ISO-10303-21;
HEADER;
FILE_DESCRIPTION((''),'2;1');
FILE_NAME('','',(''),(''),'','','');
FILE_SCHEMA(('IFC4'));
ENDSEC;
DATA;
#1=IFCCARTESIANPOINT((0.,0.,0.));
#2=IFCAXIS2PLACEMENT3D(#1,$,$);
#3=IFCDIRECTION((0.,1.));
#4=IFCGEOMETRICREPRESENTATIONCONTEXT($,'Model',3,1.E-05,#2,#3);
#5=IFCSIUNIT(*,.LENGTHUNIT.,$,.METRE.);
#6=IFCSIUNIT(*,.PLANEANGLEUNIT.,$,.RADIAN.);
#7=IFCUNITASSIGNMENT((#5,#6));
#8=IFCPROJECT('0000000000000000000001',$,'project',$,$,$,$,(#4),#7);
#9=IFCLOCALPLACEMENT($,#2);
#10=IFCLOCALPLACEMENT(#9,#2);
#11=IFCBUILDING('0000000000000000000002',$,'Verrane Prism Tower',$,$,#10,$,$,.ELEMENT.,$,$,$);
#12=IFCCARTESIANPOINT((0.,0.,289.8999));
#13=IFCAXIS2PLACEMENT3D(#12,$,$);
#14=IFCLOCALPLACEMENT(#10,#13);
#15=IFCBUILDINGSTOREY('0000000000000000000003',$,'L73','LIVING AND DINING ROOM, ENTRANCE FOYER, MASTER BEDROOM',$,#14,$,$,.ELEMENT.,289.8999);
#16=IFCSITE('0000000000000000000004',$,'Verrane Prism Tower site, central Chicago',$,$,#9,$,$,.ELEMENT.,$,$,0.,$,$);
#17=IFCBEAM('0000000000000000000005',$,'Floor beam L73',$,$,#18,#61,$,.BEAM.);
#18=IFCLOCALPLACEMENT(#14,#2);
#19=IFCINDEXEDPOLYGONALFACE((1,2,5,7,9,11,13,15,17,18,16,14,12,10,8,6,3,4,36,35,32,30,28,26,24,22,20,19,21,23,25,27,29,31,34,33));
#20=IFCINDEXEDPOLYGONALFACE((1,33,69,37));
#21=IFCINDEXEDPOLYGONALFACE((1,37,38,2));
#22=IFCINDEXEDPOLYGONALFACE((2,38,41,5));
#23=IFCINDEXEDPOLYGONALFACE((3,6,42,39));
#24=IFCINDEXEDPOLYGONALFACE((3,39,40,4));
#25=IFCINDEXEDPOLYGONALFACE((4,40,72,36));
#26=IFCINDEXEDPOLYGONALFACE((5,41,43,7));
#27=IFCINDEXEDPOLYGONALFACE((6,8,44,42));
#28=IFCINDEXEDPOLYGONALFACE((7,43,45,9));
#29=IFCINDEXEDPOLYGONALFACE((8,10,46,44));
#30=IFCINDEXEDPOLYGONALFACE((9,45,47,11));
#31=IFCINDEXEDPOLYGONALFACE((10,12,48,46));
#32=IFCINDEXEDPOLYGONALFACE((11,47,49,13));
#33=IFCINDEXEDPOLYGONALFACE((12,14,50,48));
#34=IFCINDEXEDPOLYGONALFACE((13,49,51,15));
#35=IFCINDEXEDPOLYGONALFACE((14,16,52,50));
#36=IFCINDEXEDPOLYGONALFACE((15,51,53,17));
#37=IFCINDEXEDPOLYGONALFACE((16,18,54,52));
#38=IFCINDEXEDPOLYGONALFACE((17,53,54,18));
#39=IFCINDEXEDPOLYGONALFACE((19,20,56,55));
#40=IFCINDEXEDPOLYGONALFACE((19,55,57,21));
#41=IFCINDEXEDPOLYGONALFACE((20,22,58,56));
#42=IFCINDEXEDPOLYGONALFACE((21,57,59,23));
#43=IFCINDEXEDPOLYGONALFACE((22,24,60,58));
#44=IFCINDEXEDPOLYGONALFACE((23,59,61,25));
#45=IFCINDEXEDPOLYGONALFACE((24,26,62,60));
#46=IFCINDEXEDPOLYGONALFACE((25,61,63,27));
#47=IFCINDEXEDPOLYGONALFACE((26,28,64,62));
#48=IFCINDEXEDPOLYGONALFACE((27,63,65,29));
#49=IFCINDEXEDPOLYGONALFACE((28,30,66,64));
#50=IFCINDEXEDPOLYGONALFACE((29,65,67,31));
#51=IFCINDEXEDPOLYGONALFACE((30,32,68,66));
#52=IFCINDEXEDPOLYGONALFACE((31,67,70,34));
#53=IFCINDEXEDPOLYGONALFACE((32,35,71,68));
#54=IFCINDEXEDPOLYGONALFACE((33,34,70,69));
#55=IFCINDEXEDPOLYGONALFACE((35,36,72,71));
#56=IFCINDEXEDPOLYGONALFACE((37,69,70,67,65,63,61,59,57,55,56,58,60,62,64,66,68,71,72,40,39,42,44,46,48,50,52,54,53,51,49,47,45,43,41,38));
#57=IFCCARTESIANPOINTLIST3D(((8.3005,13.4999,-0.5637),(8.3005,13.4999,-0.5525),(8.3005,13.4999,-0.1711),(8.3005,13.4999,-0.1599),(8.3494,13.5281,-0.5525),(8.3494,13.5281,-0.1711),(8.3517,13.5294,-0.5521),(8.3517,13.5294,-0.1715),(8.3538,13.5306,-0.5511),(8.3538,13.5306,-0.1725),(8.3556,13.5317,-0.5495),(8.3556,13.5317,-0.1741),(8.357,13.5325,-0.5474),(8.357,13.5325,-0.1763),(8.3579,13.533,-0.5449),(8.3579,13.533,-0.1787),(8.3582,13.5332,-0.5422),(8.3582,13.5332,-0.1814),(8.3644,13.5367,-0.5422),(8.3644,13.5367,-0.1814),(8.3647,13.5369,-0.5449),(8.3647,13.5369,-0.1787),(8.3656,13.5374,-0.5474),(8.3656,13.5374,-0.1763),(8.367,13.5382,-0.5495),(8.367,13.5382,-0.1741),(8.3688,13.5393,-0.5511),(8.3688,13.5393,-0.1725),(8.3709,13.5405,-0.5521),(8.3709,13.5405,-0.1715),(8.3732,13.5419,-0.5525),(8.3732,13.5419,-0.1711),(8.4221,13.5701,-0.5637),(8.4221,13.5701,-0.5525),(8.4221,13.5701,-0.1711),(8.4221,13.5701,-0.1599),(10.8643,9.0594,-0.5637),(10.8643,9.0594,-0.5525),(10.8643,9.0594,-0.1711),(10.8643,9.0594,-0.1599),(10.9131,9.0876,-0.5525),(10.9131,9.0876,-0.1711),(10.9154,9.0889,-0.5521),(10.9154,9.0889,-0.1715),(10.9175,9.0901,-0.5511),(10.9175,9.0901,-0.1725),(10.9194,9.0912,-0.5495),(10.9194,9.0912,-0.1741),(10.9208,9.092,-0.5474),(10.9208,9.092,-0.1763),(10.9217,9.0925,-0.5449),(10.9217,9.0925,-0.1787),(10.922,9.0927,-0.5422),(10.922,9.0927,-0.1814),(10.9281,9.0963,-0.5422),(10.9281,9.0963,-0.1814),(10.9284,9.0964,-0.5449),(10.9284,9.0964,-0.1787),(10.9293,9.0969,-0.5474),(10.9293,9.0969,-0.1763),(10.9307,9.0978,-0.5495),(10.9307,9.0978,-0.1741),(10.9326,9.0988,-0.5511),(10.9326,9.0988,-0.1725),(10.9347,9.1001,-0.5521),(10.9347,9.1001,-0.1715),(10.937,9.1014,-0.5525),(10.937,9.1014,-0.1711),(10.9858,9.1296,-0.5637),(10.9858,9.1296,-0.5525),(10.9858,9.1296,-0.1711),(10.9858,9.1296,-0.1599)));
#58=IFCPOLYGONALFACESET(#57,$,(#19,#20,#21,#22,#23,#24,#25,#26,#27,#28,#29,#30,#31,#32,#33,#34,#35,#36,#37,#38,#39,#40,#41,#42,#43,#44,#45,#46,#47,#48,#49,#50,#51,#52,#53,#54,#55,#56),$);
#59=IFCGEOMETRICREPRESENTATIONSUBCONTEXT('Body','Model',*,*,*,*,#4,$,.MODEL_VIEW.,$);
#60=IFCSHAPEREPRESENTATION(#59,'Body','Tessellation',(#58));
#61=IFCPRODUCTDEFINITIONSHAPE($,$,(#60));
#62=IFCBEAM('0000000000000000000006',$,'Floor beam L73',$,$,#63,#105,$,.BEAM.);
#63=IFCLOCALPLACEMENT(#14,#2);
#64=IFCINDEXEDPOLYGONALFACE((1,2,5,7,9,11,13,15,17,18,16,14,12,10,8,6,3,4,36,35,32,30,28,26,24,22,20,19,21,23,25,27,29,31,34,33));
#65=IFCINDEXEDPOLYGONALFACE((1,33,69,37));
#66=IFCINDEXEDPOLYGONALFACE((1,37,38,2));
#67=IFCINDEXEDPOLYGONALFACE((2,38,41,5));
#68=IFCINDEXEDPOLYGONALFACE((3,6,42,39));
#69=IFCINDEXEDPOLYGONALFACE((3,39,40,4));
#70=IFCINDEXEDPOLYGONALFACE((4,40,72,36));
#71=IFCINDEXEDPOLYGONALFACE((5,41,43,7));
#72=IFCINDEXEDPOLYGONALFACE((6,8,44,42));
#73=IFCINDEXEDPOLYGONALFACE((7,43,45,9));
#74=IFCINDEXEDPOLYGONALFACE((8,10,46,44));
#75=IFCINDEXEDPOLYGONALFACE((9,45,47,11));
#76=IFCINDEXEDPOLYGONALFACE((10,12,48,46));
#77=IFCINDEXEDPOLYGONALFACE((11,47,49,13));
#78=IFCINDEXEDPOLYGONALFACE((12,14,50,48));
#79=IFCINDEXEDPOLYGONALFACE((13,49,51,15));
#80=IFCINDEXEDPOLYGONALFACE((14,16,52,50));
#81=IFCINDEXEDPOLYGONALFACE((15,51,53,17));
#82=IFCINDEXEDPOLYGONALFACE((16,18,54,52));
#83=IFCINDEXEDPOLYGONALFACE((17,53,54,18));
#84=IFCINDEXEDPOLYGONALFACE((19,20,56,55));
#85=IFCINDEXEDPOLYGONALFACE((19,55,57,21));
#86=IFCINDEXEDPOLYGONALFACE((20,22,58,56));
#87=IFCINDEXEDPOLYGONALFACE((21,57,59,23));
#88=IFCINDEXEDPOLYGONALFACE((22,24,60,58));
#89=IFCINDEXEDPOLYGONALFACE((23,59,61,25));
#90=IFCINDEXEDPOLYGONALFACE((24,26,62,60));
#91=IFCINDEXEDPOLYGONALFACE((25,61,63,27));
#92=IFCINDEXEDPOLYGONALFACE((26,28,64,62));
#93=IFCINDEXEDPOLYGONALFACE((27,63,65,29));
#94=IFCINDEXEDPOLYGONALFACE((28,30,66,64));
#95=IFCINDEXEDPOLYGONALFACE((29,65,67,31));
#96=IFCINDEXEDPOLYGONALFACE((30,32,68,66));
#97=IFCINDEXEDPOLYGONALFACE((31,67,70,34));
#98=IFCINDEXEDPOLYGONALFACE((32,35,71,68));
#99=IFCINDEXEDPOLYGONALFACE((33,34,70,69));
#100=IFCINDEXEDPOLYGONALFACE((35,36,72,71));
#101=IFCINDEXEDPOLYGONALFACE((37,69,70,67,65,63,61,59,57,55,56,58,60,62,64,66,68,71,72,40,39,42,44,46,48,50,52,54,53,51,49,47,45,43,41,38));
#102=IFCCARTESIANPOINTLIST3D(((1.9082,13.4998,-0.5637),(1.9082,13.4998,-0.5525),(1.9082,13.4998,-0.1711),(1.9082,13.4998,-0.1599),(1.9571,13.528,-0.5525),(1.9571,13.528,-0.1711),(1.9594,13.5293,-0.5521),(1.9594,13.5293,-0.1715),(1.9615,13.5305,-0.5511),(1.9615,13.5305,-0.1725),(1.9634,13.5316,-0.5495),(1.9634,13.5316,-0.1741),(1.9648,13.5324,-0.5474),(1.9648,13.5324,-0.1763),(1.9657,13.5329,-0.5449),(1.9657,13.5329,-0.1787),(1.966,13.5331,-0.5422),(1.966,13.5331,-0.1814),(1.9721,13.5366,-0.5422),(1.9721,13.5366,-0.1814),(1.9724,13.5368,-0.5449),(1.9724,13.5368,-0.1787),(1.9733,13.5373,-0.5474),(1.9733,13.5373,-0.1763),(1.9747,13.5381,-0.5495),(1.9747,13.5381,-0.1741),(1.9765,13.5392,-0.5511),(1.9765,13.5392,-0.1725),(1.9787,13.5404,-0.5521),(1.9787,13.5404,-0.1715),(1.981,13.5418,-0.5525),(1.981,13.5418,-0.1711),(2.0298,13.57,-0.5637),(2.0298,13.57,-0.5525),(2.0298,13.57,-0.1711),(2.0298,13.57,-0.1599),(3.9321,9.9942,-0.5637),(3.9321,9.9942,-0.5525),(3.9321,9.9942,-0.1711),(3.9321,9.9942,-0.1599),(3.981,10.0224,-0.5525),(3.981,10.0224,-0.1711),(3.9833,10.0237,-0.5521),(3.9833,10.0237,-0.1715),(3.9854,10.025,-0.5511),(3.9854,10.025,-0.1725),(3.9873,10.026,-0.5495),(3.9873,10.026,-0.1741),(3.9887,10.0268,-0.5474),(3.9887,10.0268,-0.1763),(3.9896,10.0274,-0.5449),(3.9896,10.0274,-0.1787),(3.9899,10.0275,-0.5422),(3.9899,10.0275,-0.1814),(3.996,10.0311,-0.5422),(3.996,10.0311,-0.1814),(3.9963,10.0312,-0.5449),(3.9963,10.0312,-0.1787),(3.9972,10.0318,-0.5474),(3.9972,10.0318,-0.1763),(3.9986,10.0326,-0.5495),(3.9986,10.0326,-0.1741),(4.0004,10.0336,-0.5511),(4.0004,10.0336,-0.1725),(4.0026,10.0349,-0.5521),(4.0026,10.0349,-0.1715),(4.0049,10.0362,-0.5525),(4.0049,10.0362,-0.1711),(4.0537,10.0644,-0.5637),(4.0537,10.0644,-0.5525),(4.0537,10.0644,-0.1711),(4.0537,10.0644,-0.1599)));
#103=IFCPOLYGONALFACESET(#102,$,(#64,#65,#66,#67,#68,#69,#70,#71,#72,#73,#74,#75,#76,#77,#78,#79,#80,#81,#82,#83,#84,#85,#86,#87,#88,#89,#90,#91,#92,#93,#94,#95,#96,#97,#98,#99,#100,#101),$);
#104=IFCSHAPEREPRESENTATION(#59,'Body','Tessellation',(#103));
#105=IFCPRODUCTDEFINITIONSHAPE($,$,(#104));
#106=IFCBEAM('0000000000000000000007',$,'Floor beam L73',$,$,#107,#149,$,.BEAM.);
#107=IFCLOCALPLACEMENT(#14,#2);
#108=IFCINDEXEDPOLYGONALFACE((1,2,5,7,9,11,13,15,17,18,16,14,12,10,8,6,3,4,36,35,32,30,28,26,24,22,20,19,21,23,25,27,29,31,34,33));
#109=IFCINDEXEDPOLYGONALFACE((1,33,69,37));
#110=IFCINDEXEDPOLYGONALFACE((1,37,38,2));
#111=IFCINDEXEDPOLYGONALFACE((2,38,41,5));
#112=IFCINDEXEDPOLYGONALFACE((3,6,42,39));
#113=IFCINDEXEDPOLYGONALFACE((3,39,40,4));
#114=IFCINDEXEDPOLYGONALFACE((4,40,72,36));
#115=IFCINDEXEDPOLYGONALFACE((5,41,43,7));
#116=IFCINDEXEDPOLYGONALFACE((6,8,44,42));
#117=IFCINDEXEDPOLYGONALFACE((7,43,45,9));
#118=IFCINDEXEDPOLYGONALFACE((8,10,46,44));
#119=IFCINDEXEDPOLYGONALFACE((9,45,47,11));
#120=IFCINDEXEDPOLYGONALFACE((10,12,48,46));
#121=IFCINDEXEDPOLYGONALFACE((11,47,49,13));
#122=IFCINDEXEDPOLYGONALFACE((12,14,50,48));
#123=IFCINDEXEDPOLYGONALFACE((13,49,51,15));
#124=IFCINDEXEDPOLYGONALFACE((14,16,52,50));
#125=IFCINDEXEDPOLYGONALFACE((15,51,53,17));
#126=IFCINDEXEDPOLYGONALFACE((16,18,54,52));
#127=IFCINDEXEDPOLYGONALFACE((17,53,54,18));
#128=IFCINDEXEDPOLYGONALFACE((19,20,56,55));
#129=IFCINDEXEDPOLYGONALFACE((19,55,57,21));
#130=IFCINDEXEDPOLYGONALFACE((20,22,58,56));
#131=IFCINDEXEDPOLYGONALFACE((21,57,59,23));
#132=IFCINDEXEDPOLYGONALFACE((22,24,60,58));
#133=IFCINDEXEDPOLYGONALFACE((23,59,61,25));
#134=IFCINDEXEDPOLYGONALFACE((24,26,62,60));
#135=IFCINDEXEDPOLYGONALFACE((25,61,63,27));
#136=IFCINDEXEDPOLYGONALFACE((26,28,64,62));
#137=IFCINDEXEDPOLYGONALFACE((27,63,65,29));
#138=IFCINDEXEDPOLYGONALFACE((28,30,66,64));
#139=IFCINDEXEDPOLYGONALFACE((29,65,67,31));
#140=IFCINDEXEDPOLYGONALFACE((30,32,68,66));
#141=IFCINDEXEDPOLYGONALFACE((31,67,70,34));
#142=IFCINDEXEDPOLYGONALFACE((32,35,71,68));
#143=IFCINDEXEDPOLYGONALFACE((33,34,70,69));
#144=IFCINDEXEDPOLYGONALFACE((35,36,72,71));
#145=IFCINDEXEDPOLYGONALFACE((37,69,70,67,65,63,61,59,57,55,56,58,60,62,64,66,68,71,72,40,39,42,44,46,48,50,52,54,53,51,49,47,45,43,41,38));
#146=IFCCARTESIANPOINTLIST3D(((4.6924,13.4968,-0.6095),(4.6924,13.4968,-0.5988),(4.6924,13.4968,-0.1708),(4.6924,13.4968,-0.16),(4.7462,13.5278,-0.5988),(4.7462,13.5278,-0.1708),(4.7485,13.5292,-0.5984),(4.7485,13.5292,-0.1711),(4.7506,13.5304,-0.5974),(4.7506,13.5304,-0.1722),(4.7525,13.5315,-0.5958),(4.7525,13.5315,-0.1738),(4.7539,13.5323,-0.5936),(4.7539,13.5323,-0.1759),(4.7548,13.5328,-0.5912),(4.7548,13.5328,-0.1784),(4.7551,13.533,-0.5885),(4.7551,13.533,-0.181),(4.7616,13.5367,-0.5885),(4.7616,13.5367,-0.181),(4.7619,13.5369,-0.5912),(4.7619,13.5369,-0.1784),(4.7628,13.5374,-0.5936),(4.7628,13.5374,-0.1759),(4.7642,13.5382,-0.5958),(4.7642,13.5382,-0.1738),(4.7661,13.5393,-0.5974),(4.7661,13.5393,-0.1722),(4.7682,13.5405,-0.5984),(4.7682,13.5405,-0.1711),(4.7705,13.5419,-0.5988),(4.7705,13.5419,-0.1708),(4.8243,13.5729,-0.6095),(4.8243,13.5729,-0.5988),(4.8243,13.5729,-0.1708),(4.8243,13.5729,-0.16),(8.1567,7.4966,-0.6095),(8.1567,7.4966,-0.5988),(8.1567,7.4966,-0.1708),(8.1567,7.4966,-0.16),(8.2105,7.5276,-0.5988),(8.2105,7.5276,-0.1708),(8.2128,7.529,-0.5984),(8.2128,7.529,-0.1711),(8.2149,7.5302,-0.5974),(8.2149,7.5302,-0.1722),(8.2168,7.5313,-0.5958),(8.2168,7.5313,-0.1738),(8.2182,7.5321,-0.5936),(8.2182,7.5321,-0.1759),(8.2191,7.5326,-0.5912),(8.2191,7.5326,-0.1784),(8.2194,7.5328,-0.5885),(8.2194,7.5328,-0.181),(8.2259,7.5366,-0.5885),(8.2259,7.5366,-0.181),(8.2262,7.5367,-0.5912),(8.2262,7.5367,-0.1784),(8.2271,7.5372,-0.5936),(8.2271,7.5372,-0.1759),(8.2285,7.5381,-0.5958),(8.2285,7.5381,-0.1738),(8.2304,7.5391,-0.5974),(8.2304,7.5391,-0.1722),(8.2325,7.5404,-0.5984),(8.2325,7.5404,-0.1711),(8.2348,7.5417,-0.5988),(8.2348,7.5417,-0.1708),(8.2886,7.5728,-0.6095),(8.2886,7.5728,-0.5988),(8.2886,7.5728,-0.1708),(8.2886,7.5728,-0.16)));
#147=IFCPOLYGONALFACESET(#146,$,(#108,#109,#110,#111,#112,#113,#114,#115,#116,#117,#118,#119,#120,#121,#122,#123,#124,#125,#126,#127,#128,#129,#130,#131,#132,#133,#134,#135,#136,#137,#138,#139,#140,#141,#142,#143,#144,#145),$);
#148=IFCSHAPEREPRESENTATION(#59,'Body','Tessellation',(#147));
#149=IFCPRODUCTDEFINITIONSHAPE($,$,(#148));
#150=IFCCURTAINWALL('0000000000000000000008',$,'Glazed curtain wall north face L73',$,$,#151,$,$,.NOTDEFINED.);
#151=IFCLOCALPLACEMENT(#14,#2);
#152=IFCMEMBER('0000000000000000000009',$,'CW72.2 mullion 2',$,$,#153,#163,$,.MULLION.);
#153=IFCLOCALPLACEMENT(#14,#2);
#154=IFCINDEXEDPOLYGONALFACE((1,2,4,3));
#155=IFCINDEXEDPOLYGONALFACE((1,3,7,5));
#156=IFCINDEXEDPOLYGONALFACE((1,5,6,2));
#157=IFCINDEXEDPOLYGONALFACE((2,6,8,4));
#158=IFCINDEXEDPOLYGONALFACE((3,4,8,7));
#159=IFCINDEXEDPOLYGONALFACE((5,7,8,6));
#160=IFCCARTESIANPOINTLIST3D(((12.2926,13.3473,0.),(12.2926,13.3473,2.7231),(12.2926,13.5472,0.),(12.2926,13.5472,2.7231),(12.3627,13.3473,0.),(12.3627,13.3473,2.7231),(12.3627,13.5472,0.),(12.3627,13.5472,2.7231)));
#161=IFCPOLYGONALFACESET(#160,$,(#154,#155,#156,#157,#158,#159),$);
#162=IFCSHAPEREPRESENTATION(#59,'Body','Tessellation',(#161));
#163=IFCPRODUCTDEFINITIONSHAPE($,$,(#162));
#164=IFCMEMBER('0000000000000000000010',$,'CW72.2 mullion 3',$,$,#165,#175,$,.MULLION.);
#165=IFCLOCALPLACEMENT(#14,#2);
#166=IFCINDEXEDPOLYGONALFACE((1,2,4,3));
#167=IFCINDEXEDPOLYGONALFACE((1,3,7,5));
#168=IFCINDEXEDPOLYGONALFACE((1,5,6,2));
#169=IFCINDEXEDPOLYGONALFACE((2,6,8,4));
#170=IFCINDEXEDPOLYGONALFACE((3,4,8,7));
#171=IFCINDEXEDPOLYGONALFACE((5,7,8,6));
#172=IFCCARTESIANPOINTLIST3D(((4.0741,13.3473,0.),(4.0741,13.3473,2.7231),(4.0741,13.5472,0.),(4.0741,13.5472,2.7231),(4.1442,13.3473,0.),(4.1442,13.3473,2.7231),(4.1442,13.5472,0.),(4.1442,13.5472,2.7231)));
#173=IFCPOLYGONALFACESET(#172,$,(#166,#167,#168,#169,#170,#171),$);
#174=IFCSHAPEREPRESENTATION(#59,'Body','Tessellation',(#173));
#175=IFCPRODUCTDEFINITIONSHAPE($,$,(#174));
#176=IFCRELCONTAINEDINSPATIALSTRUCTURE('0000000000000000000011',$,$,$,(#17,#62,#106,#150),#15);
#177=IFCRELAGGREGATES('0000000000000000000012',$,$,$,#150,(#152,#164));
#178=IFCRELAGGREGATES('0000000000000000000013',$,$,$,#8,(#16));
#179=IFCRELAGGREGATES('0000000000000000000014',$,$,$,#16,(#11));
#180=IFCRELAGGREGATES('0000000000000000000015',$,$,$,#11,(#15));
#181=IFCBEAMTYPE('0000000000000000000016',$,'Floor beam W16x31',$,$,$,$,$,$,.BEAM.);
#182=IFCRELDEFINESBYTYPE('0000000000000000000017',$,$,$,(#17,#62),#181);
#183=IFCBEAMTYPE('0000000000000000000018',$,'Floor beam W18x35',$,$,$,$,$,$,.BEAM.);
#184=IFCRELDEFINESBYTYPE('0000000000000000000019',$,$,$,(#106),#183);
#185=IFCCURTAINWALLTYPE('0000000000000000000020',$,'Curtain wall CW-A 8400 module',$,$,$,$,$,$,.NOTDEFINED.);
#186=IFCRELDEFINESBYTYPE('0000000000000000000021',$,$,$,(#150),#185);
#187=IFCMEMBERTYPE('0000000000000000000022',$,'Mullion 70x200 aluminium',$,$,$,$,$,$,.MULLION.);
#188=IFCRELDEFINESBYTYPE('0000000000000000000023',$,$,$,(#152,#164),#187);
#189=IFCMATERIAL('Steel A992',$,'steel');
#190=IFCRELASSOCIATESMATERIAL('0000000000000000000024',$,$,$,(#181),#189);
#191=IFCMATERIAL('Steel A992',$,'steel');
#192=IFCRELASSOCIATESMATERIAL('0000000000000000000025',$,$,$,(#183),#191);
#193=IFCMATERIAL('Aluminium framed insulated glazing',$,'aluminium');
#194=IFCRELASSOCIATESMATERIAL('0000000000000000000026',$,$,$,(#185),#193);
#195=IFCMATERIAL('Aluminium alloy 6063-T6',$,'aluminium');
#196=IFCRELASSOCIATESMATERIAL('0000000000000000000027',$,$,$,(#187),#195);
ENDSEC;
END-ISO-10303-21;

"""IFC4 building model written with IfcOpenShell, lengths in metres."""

from ifc_helpers import new_model, si_unit, direction, frame, origin, origin_2d, place, context, subcontext, project, spatial, rectangle, i_section, extrude, material, material_profile, profile_set, type_object, element, aggregate, save


model = new_model("IFC4")

# Units and contexts
model_context = context("Model", 3, precision=1e-05, world=origin(), true_north=direction((0.0, 1.0)))
body_context = subcontext(model_context, "Body", "Model", "MODEL_VIEW")
ifc_project = project(units=[si_unit("LENGTHUNIT", "METRE"), si_unit("PLANEANGLEUNIT", "RADIAN")], contexts=[model_context])

# Site, building, storey
site_placement = place(None, origin())
site = spatial("IfcSite", under=ifc_project, at=site_placement, Name="Verrane Prism Tower site, central Chicago", CompositionType="ELEMENT", RefElevation=0.0)
building_placement = place(site_placement, origin())
building = spatial("IfcBuilding", under=site, at=building_placement, Name="Verrane Prism Tower", CompositionType="ELEMENT")
storey_placement = place(building_placement, frame((0.0, 0.0, 289.8999)))
storey = spatial("IfcBuildingStorey", under=building, at=storey_placement, Name="L73", Description="LIVING AND DINING ROOM, ENTRANCE FOYER, MASTER BEDROOM", CompositionType="ELEMENT", Elevation=289.8999)

# Beams
ifc_material_1 = material(Name="Steel A992", Category="steel")
ifc_material_profile_1 = material_profile(ifc_material_1, i_section(OverallWidth=0.1404, OverallDepth=0.4038, WebThickness=0.0071, FlangeThickness=0.0112, FilletRadius=0.0103, at=origin_2d()), Name="W16x31")
ifc_profile_set_1 = profile_set([ifc_material_profile_1], Name="Steel A992")
beam_type_1 = type_object("IfcBeamType", Name="Floor beam W16x31", PredefinedType="BEAM", material=ifc_profile_set_1)
beam_1_placement = place(storey_placement, frame((10.925, 9.0945, -0.3618), z_axis=(-0.500005, 0.866022, 0.0), x_axis=(-0.866022, -0.500005, 0.0)))
element("IfcBeam", 1, at=beam_1_placement, inside=storey, type_object=beam_type_1, Name="Floor beam L73", PredefinedType="BEAM", context=body_context, shape_type="SweptSolid", body=[
    extrude(i_section(OverallWidth=0.1404, OverallDepth=0.4038, WebThickness=0.0071, FlangeThickness=0.0112, FilletRadius=0.0103, at=origin_2d()), origin(), (0.0, 0.0, 1.0), 5.1274),
])
beam_2_placement = place(storey_placement, frame((3.9929, 10.0293, -0.3618), z_axis=(-0.499992, 0.86603, 0.0), x_axis=(-0.86603, -0.499992, 0.0)))
element("IfcBeam", 2, at=beam_2_placement, inside=storey, type_object=beam_type_1, Name="Floor beam L73", PredefinedType="BEAM", context=body_context, shape_type="SweptSolid", body=[
    extrude(i_section(OverallWidth=0.1404, OverallDepth=0.4038, WebThickness=0.0071, FlangeThickness=0.0112, FilletRadius=0.0103, at=origin_2d()), origin(), (0.0, 0.0, 1.0), 4.0479),
])
ifc_material_2 = material(Name="Steel A992", Category="steel")
ifc_material_profile_2 = material_profile(ifc_material_2, i_section(OverallWidth=0.1523, OverallDepth=0.4495, WebThickness=0.0076, FlangeThickness=0.0107, FilletRadius=0.0103, at=origin_2d()), Name="W18x35")
ifc_profile_set_2 = profile_set([ifc_material_profile_2], Name="Steel A992")
beam_type_2 = type_object("IfcBeamType", Name="Floor beam W18x35", PredefinedType="BEAM", material=ifc_profile_set_2)
beam_3_placement = place(storey_placement, frame((8.2227, 7.5347, -0.3848), z_axis=(-0.500012, 0.866018, 0.0), x_axis=(-0.866018, -0.500012, 0.0)))
element("IfcBeam", 3, at=beam_3_placement, inside=storey, type_object=beam_type_2, Name="Floor beam L73", PredefinedType="BEAM", context=body_context, shape_type="SweptSolid", body=[
    extrude(i_section(OverallWidth=0.1523, OverallDepth=0.4495, WebThickness=0.0076, FlangeThickness=0.0107, FilletRadius=0.0103, at=origin_2d()), origin(), (0.0, 0.0, 1.0), 6.9285),
])

# Curtain wall, members
ifc_material_3 = material(Name="Aluminium framed insulated glazing", Category="aluminium")
curtain_wall_type = type_object("IfcCurtainWallType", Name="Curtain wall CW-A 8400 module", PredefinedType="NOTDEFINED", material=ifc_material_3)
curtain_wall_placement = place(storey_placement, origin())
curtain_wall = element("IfcCurtainWall", 4, at=curtain_wall_placement, inside=storey, type_object=curtain_wall_type, Name="Glazed curtain wall north face L73", PredefinedType="NOTDEFINED")
ifc_material_4 = material(Name="Aluminium alloy 6063-T6", Category="aluminium")
ifc_material_profile_3 = material_profile(ifc_material_4, rectangle(XDim=0.2, YDim=0.0701, at=origin_2d()), Name="Mullion 70x200 aluminium")
ifc_profile_set_3 = profile_set([ifc_material_profile_3], Name="Aluminium alloy 6063-T6")
member_type_1 = type_object("IfcMemberType", Name="Mullion 70x200 aluminium", PredefinedType="MULLION", material=ifc_profile_set_3)
member_1_placement = place(storey_placement, frame((12.3276, 13.4473, 0.0), z_axis=(0.0, 0.0, 1.0), x_axis=(0.0, -1.0, 0.0)))
member_1 = element("IfcMember", 5, at=member_1_placement, type_object=member_type_1, Name="CW72.2 mullion 2", PredefinedType="MULLION", context=body_context, shape_type="SweptSolid", body=[
    extrude(rectangle(XDim=0.2, YDim=0.0701, at=origin_2d()), origin(), (0.0, 0.0, 1.0), 2.7231),
])
member_2_placement = place(storey_placement, frame((4.1091, 13.4473, 0.0), z_axis=(0.0, 0.0, 1.0), x_axis=(0.0, -1.0, 0.0)))
member_2 = element("IfcMember", 6, at=member_2_placement, type_object=member_type_1, Name="CW72.2 mullion 3", PredefinedType="MULLION", context=body_context, shape_type="SweptSolid", body=[
    extrude(rectangle(XDim=0.2, YDim=0.0701, at=origin_2d()), origin(), (0.0, 0.0, 1.0), 2.7231),
])

aggregate(curtain_wall, [member_1, member_2])

save(model, "model.ifc")
